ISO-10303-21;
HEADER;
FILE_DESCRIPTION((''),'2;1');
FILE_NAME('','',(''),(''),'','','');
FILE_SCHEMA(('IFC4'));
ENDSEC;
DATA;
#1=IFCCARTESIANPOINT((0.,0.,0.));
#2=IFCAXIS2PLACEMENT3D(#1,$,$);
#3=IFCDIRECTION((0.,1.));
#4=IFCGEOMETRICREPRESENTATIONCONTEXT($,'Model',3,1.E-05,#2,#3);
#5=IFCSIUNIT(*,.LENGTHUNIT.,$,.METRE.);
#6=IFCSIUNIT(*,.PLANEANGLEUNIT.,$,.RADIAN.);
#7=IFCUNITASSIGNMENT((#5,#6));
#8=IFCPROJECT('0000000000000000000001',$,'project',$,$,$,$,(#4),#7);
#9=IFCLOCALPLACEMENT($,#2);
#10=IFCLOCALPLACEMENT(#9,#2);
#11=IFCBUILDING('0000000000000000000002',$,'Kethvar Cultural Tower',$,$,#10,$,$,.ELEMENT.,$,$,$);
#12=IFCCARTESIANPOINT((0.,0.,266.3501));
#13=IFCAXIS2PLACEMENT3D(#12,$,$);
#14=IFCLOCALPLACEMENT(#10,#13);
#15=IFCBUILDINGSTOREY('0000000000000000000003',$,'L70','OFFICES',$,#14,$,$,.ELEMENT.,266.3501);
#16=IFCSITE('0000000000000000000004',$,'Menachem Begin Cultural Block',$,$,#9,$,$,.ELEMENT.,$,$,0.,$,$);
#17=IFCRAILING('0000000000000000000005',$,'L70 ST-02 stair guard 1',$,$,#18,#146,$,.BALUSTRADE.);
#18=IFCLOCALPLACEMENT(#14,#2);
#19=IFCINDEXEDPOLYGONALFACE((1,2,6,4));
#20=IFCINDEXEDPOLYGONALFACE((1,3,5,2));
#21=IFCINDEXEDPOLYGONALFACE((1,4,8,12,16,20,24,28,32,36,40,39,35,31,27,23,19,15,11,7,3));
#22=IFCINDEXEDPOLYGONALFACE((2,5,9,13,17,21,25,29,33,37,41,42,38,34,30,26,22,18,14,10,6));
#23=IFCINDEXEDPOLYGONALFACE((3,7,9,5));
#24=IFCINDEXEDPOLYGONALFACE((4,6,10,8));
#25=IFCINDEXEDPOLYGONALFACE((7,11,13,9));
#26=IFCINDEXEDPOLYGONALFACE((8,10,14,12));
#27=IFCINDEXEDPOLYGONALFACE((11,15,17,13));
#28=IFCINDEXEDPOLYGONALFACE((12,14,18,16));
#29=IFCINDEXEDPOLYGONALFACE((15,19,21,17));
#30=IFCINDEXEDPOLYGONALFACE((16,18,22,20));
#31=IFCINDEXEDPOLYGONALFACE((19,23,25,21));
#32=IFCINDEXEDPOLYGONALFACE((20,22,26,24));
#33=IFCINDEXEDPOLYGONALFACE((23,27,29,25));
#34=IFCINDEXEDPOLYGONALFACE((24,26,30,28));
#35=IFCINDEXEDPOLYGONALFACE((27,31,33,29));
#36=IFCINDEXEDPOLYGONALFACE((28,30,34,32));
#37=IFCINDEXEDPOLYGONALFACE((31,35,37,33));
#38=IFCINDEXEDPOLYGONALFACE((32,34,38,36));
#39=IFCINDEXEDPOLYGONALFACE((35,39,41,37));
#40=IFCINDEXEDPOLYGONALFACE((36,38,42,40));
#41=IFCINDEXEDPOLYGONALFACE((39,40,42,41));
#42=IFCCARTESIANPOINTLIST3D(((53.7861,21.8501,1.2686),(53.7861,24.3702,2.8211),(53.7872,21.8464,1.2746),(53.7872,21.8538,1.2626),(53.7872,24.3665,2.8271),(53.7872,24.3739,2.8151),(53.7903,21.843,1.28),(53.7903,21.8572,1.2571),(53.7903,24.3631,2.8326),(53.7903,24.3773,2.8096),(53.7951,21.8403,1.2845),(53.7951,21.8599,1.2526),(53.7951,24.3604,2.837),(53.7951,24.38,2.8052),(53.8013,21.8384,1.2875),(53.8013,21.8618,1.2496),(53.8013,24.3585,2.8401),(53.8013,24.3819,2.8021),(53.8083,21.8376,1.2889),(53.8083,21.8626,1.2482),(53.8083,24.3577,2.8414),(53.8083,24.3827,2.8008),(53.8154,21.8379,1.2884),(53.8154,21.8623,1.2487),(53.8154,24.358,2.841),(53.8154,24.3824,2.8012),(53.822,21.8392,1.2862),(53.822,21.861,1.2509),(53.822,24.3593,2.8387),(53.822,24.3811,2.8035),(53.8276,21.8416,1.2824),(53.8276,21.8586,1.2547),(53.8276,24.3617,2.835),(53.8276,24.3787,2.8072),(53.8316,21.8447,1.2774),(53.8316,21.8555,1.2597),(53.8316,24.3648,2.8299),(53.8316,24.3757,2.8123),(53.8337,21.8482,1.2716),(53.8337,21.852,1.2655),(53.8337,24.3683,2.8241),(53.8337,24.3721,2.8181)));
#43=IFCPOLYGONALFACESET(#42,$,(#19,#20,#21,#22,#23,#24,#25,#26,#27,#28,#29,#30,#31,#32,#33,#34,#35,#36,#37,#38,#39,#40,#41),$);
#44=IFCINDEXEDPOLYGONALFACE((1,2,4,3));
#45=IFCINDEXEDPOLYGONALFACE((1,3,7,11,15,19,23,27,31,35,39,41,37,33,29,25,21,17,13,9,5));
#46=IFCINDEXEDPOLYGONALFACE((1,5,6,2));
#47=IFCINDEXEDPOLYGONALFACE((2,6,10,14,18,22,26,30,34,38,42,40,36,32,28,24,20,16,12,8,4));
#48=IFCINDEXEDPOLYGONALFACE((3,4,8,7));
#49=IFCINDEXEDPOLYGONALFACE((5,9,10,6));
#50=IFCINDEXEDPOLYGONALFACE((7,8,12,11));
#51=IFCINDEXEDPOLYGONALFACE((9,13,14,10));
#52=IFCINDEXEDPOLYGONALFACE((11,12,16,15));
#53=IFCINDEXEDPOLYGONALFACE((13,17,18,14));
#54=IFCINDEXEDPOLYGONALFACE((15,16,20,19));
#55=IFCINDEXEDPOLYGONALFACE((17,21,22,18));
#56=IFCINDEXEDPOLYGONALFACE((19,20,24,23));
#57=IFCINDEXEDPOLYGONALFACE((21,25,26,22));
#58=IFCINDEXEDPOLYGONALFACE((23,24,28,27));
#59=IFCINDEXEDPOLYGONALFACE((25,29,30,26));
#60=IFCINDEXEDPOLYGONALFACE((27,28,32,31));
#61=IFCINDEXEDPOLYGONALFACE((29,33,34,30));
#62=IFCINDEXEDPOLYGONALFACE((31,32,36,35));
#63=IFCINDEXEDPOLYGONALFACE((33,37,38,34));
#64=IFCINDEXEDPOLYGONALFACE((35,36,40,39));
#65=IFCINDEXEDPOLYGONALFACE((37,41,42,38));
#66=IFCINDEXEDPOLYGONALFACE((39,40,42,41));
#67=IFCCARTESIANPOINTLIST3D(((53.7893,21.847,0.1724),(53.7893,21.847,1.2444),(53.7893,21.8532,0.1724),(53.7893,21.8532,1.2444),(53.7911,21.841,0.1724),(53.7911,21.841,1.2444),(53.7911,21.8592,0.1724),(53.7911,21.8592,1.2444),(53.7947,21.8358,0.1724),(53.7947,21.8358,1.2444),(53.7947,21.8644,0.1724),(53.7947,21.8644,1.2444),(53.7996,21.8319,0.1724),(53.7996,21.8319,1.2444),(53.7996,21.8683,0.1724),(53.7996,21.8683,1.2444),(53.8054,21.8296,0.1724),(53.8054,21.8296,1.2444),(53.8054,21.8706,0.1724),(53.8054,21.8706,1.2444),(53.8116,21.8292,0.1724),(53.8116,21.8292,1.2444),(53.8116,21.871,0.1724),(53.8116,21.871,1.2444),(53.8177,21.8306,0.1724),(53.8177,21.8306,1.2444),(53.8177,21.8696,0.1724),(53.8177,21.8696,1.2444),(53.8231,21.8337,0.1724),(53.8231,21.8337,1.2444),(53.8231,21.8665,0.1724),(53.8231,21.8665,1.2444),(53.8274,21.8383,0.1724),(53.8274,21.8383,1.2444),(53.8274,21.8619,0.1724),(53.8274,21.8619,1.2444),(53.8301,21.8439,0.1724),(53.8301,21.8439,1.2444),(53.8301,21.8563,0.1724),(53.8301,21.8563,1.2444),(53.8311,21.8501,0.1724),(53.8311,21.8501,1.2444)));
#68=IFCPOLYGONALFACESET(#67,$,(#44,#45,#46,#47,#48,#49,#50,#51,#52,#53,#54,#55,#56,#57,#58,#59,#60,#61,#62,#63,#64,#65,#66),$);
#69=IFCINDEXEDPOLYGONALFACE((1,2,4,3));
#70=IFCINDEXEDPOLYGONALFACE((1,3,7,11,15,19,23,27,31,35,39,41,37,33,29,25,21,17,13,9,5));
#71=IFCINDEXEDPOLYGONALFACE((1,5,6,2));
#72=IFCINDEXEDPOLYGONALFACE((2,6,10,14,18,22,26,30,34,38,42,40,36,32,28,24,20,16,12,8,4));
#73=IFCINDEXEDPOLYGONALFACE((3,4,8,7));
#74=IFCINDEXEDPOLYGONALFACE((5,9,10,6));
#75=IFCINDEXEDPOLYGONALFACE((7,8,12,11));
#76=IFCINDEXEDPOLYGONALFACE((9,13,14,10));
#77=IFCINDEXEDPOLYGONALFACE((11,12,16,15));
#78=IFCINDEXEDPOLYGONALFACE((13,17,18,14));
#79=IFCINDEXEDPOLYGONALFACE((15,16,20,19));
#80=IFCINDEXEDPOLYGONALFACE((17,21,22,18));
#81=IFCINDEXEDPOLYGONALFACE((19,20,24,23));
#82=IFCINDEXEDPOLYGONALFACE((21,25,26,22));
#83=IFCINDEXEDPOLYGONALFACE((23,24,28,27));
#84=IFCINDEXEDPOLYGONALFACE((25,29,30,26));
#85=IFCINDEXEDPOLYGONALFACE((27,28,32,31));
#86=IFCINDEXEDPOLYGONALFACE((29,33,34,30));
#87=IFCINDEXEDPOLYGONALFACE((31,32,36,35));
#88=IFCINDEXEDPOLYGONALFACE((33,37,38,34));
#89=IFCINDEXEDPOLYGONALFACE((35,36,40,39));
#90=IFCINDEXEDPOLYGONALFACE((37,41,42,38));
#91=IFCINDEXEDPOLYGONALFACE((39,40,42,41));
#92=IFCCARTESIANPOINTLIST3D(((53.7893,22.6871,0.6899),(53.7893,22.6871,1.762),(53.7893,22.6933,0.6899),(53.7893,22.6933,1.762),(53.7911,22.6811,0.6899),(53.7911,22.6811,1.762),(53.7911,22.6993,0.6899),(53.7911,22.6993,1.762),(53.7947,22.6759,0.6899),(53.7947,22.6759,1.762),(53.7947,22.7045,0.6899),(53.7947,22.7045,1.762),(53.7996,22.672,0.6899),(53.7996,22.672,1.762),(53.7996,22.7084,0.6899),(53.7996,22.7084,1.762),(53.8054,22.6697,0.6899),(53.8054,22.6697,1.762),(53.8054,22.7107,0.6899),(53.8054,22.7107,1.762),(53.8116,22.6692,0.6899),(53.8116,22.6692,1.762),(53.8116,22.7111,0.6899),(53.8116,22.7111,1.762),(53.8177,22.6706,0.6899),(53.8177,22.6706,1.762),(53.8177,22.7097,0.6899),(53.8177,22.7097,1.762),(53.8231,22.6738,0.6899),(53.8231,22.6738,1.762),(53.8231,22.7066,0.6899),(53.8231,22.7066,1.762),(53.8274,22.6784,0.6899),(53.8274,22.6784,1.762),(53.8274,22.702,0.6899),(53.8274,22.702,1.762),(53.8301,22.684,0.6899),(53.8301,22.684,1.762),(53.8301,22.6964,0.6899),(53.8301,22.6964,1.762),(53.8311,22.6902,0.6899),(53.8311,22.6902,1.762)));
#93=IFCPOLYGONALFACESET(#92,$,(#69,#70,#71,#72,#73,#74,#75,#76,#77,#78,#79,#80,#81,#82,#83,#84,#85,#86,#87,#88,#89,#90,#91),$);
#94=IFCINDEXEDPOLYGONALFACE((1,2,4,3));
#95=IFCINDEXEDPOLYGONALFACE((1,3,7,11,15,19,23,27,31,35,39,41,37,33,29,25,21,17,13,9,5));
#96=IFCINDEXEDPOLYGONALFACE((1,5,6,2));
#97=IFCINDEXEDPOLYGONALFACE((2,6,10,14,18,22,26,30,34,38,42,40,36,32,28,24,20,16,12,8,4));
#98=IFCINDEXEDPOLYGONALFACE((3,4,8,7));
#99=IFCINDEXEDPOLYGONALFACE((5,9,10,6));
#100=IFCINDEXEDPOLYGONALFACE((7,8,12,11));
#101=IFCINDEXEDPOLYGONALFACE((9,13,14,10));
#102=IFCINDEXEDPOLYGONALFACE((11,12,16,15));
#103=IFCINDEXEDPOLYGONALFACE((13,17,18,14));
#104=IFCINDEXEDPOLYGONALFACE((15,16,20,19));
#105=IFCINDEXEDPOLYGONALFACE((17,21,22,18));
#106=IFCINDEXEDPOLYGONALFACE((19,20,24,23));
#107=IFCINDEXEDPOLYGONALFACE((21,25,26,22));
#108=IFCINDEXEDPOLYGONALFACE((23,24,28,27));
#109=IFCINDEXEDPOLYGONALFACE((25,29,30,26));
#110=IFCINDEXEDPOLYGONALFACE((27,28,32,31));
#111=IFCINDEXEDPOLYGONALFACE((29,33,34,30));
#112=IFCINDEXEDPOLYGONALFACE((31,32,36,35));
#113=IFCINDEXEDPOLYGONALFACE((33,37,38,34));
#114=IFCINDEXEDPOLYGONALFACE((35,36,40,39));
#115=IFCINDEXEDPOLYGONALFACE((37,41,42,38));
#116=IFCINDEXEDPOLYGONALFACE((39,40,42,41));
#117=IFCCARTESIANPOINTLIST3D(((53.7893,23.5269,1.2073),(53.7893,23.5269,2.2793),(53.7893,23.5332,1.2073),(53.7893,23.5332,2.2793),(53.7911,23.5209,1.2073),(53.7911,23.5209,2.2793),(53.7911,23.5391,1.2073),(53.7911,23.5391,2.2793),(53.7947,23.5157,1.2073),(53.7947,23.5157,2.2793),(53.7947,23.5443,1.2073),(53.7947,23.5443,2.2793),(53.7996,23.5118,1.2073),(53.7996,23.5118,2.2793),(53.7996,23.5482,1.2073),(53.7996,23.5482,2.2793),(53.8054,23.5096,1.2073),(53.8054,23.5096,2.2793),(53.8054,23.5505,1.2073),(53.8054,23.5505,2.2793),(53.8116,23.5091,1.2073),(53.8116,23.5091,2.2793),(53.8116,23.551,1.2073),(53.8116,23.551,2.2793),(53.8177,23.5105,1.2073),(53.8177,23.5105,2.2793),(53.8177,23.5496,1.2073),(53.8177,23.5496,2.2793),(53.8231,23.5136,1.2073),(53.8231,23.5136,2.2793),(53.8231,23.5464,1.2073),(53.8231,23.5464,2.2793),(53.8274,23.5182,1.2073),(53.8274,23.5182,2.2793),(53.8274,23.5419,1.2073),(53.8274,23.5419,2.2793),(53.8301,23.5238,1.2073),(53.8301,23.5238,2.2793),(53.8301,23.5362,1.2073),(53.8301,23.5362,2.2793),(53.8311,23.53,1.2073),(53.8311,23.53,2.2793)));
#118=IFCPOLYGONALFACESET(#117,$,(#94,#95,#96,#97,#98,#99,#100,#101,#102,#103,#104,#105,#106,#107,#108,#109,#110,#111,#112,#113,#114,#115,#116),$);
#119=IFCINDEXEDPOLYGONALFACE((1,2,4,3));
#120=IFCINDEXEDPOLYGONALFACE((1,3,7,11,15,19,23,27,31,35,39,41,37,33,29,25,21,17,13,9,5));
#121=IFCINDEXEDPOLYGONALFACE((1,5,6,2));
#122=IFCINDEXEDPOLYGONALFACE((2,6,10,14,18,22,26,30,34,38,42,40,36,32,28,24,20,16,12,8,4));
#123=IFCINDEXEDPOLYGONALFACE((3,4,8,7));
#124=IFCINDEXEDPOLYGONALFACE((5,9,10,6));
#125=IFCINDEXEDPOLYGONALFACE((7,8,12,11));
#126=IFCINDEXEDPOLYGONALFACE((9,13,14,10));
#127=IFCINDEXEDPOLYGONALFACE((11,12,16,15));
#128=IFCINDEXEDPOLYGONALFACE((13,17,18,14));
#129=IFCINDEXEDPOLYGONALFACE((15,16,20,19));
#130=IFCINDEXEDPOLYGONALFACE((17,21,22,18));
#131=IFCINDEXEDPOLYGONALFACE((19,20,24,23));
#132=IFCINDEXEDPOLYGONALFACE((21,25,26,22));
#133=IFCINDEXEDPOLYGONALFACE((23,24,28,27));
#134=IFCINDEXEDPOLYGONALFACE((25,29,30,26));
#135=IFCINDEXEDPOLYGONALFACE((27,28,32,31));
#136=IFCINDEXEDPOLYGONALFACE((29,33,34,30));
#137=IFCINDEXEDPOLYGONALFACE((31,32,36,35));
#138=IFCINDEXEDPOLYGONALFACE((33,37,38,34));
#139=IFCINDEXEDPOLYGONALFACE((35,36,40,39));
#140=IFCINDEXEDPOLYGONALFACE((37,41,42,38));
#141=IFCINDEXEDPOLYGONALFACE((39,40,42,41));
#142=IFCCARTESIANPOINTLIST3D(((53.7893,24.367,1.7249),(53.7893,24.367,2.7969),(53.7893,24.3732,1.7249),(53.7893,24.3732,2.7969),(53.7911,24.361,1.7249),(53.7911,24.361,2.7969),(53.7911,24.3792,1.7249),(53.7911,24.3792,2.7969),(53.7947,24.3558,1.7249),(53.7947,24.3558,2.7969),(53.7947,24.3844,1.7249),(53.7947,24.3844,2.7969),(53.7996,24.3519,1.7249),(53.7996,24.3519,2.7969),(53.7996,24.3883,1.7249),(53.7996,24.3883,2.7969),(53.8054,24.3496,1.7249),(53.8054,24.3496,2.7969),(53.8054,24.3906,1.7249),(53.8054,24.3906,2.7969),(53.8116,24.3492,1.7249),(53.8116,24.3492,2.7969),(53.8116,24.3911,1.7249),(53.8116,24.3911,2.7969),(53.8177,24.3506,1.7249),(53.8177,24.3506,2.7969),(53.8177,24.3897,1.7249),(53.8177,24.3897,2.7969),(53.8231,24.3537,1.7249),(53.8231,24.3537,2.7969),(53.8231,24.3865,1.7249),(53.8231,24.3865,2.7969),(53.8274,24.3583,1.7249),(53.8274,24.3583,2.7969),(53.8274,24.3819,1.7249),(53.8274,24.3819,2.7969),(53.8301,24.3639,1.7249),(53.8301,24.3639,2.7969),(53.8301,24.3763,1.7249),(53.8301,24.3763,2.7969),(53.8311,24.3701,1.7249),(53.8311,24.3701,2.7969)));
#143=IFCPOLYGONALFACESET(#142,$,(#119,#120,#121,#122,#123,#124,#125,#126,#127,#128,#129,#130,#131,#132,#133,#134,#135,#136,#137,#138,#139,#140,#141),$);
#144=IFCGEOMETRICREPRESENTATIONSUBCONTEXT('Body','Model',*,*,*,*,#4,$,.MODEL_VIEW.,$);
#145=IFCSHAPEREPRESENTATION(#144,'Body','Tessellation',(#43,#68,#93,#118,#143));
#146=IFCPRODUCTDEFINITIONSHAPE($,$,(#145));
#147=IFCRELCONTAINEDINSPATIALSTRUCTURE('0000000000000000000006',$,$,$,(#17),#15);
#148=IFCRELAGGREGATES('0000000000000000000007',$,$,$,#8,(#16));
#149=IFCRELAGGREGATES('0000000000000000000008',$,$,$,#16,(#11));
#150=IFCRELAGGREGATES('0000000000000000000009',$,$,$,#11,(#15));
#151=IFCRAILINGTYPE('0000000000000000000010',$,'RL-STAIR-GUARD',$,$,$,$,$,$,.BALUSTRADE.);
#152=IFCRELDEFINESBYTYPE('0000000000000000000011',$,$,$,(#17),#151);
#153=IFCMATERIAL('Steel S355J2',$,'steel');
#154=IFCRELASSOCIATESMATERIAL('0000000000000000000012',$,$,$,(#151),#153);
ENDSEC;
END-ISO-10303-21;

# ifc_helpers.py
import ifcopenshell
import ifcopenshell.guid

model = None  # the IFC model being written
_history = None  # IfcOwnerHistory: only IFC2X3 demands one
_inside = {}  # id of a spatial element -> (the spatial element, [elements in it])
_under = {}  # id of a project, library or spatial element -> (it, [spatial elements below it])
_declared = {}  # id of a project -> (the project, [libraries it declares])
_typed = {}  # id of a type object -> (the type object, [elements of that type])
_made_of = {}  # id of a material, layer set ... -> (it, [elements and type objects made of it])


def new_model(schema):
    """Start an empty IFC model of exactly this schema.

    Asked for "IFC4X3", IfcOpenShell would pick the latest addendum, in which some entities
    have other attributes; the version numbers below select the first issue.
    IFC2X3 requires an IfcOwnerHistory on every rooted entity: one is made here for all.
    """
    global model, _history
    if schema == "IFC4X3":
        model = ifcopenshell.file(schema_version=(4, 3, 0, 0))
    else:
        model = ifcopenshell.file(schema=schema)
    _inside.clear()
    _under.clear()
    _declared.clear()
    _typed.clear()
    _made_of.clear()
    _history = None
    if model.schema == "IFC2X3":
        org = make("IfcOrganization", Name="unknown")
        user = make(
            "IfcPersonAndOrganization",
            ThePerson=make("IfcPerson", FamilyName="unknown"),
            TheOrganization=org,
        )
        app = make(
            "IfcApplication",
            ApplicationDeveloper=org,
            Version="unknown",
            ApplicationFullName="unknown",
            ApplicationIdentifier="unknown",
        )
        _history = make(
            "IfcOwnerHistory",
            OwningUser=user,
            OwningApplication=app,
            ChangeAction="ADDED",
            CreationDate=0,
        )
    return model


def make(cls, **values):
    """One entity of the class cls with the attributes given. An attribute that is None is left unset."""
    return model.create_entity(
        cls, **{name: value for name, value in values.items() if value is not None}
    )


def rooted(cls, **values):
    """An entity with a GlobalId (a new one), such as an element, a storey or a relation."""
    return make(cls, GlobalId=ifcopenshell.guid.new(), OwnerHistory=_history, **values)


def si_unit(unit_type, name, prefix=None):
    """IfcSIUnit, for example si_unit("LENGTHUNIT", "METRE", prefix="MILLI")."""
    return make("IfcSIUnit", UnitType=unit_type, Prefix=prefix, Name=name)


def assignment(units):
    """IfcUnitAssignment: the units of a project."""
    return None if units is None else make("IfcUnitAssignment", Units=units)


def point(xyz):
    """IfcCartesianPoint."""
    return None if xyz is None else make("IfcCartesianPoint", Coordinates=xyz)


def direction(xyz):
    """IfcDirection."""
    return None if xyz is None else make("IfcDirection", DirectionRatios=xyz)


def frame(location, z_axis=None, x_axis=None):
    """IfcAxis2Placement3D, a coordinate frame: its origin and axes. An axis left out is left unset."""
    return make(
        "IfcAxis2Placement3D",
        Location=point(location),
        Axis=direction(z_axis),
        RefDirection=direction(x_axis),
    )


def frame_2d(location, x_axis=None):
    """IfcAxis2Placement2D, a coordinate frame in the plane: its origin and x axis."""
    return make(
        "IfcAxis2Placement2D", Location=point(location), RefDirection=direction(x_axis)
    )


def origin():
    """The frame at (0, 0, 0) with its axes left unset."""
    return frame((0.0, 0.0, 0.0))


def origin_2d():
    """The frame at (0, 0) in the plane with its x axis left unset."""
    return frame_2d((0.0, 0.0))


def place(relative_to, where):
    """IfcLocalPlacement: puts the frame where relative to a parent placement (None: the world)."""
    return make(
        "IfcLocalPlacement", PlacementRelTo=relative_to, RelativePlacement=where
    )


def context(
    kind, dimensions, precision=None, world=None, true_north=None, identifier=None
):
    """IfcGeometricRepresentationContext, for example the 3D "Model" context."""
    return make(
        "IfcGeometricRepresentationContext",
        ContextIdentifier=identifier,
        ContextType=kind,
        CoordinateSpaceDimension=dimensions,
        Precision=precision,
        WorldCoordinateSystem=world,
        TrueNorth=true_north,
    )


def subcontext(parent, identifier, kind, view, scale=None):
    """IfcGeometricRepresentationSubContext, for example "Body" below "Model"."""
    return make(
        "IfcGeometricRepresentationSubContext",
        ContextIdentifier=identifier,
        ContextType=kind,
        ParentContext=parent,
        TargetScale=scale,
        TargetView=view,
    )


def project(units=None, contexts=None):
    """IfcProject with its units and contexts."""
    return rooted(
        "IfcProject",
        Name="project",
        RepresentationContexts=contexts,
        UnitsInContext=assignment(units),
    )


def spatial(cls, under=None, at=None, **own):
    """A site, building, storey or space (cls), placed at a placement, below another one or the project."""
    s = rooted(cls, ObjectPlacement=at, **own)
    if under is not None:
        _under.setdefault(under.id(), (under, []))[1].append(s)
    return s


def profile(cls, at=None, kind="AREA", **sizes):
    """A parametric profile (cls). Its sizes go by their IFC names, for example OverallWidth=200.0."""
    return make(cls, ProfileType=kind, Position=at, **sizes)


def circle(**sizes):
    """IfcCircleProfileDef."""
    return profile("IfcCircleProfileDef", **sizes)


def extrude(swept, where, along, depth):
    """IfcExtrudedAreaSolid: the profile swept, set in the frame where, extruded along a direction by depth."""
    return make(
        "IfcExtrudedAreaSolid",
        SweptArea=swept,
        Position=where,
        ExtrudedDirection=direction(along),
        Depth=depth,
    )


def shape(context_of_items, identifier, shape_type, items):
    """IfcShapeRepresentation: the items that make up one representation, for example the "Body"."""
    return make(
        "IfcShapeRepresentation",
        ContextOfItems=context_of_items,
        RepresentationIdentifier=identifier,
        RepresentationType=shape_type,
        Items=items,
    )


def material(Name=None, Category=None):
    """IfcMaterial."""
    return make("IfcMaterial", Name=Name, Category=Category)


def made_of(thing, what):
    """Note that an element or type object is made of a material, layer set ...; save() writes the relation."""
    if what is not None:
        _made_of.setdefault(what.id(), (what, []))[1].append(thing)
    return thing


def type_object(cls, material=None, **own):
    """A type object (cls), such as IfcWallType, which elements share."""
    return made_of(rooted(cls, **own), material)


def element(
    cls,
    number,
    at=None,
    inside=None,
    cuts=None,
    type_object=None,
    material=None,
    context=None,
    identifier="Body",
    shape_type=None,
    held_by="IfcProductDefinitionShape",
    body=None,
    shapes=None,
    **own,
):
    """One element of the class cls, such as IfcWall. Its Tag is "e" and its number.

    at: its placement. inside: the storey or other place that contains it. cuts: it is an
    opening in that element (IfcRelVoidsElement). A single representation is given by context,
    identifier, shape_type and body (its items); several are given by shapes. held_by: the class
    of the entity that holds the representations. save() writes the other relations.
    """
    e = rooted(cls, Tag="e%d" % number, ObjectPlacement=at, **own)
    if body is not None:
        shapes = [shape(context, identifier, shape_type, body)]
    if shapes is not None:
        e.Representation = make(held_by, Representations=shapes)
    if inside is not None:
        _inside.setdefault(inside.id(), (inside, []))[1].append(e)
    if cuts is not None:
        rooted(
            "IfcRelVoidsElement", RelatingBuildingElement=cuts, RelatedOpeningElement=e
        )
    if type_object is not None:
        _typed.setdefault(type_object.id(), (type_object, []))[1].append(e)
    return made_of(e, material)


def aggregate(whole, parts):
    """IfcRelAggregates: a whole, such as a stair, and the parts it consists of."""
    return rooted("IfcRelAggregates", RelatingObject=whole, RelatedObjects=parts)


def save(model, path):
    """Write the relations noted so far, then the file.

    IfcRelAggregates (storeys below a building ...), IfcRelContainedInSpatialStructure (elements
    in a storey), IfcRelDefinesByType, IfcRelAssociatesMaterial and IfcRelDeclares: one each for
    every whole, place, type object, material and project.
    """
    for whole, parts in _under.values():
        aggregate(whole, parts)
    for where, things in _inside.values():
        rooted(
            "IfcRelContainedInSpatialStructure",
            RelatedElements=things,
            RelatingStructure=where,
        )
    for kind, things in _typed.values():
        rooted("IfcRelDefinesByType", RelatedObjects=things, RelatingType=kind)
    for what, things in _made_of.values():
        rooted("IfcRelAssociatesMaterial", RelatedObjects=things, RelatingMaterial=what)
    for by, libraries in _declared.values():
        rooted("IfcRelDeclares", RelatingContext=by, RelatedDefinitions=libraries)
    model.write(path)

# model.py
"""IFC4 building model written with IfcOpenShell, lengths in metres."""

from ifc_helpers import new_model, si_unit, direction, frame, origin, origin_2d, place, context, subcontext, project, spatial, circle, extrude, material, type_object, element, save


model = new_model("IFC4")

# Units and contexts
model_context = context("Model", 3, precision=1e-05, world=origin(), true_north=direction((0.0, 1.0)))
body_context = subcontext(model_context, "Body", "Model", "MODEL_VIEW")
ifc_project = project(units=[si_unit("LENGTHUNIT", "METRE"), si_unit("PLANEANGLEUNIT", "RADIAN")], contexts=[model_context])

# Site, building, storey
site_placement = place(None, origin())
site = spatial("IfcSite", under=ifc_project, at=site_placement, Name="Menachem Begin Cultural Block", CompositionType="ELEMENT", RefElevation=0.0)
building_placement = place(site_placement, origin())
building = spatial("IfcBuilding", under=site, at=building_placement, Name="Kethvar Cultural Tower", CompositionType="ELEMENT")
storey_placement = place(building_placement, frame((0.0, 0.0, 266.3501)))
storey = spatial("IfcBuildingStorey", under=building, at=storey_placement, Name="L70", Description="OFFICES", CompositionType="ELEMENT", Elevation=266.3501)

# Shared definitions
ifc_material_1 = material(Name="Steel S355J2", Category="steel")

# Railing
railing_type_1 = type_object("IfcRailingType", Name="RL-STAIR-GUARD", PredefinedType="BALUSTRADE", material=ifc_material_1)
railing_1_placement = place(storey_placement, frame((53.8101, 21.8501, 0.1724)))
element("IfcRailing", 1, at=railing_1_placement, inside=storey, type_object=railing_type_1, Name="L70 ST-02 stair guard 1", PredefinedType="BALUSTRADE", context=body_context, shape_type="SweptSolid", body=[
    extrude(circle(Radius=0.0239, at=origin_2d()), frame((0.0, 0.0, 1.0962), z_axis=(0.0, 0.8514, 0.524516), x_axis=(-1.0, 0.0, 0.0)), (0.0, 0.0, 1.0), 2.96),
    extrude(circle(Radius=0.021, at=origin_2d()), origin(), (0.0, 0.0, 1.0), 1.072),
    extrude(circle(Radius=0.021, at=origin_2d()), frame((0.0, 0.8401, 0.5176)), (0.0, 0.0, 1.0), 1.072),
    extrude(circle(Radius=0.021, at=origin_2d()), frame((0.0, 1.6799, 1.0349)), (0.0, 0.0, 1.0), 1.072),
    extrude(circle(Radius=0.021, at=origin_2d()), frame((0.0, 2.52, 1.5525)), (0.0, 0.0, 1.0), 1.072),
])

save(model, "model.ifc")
